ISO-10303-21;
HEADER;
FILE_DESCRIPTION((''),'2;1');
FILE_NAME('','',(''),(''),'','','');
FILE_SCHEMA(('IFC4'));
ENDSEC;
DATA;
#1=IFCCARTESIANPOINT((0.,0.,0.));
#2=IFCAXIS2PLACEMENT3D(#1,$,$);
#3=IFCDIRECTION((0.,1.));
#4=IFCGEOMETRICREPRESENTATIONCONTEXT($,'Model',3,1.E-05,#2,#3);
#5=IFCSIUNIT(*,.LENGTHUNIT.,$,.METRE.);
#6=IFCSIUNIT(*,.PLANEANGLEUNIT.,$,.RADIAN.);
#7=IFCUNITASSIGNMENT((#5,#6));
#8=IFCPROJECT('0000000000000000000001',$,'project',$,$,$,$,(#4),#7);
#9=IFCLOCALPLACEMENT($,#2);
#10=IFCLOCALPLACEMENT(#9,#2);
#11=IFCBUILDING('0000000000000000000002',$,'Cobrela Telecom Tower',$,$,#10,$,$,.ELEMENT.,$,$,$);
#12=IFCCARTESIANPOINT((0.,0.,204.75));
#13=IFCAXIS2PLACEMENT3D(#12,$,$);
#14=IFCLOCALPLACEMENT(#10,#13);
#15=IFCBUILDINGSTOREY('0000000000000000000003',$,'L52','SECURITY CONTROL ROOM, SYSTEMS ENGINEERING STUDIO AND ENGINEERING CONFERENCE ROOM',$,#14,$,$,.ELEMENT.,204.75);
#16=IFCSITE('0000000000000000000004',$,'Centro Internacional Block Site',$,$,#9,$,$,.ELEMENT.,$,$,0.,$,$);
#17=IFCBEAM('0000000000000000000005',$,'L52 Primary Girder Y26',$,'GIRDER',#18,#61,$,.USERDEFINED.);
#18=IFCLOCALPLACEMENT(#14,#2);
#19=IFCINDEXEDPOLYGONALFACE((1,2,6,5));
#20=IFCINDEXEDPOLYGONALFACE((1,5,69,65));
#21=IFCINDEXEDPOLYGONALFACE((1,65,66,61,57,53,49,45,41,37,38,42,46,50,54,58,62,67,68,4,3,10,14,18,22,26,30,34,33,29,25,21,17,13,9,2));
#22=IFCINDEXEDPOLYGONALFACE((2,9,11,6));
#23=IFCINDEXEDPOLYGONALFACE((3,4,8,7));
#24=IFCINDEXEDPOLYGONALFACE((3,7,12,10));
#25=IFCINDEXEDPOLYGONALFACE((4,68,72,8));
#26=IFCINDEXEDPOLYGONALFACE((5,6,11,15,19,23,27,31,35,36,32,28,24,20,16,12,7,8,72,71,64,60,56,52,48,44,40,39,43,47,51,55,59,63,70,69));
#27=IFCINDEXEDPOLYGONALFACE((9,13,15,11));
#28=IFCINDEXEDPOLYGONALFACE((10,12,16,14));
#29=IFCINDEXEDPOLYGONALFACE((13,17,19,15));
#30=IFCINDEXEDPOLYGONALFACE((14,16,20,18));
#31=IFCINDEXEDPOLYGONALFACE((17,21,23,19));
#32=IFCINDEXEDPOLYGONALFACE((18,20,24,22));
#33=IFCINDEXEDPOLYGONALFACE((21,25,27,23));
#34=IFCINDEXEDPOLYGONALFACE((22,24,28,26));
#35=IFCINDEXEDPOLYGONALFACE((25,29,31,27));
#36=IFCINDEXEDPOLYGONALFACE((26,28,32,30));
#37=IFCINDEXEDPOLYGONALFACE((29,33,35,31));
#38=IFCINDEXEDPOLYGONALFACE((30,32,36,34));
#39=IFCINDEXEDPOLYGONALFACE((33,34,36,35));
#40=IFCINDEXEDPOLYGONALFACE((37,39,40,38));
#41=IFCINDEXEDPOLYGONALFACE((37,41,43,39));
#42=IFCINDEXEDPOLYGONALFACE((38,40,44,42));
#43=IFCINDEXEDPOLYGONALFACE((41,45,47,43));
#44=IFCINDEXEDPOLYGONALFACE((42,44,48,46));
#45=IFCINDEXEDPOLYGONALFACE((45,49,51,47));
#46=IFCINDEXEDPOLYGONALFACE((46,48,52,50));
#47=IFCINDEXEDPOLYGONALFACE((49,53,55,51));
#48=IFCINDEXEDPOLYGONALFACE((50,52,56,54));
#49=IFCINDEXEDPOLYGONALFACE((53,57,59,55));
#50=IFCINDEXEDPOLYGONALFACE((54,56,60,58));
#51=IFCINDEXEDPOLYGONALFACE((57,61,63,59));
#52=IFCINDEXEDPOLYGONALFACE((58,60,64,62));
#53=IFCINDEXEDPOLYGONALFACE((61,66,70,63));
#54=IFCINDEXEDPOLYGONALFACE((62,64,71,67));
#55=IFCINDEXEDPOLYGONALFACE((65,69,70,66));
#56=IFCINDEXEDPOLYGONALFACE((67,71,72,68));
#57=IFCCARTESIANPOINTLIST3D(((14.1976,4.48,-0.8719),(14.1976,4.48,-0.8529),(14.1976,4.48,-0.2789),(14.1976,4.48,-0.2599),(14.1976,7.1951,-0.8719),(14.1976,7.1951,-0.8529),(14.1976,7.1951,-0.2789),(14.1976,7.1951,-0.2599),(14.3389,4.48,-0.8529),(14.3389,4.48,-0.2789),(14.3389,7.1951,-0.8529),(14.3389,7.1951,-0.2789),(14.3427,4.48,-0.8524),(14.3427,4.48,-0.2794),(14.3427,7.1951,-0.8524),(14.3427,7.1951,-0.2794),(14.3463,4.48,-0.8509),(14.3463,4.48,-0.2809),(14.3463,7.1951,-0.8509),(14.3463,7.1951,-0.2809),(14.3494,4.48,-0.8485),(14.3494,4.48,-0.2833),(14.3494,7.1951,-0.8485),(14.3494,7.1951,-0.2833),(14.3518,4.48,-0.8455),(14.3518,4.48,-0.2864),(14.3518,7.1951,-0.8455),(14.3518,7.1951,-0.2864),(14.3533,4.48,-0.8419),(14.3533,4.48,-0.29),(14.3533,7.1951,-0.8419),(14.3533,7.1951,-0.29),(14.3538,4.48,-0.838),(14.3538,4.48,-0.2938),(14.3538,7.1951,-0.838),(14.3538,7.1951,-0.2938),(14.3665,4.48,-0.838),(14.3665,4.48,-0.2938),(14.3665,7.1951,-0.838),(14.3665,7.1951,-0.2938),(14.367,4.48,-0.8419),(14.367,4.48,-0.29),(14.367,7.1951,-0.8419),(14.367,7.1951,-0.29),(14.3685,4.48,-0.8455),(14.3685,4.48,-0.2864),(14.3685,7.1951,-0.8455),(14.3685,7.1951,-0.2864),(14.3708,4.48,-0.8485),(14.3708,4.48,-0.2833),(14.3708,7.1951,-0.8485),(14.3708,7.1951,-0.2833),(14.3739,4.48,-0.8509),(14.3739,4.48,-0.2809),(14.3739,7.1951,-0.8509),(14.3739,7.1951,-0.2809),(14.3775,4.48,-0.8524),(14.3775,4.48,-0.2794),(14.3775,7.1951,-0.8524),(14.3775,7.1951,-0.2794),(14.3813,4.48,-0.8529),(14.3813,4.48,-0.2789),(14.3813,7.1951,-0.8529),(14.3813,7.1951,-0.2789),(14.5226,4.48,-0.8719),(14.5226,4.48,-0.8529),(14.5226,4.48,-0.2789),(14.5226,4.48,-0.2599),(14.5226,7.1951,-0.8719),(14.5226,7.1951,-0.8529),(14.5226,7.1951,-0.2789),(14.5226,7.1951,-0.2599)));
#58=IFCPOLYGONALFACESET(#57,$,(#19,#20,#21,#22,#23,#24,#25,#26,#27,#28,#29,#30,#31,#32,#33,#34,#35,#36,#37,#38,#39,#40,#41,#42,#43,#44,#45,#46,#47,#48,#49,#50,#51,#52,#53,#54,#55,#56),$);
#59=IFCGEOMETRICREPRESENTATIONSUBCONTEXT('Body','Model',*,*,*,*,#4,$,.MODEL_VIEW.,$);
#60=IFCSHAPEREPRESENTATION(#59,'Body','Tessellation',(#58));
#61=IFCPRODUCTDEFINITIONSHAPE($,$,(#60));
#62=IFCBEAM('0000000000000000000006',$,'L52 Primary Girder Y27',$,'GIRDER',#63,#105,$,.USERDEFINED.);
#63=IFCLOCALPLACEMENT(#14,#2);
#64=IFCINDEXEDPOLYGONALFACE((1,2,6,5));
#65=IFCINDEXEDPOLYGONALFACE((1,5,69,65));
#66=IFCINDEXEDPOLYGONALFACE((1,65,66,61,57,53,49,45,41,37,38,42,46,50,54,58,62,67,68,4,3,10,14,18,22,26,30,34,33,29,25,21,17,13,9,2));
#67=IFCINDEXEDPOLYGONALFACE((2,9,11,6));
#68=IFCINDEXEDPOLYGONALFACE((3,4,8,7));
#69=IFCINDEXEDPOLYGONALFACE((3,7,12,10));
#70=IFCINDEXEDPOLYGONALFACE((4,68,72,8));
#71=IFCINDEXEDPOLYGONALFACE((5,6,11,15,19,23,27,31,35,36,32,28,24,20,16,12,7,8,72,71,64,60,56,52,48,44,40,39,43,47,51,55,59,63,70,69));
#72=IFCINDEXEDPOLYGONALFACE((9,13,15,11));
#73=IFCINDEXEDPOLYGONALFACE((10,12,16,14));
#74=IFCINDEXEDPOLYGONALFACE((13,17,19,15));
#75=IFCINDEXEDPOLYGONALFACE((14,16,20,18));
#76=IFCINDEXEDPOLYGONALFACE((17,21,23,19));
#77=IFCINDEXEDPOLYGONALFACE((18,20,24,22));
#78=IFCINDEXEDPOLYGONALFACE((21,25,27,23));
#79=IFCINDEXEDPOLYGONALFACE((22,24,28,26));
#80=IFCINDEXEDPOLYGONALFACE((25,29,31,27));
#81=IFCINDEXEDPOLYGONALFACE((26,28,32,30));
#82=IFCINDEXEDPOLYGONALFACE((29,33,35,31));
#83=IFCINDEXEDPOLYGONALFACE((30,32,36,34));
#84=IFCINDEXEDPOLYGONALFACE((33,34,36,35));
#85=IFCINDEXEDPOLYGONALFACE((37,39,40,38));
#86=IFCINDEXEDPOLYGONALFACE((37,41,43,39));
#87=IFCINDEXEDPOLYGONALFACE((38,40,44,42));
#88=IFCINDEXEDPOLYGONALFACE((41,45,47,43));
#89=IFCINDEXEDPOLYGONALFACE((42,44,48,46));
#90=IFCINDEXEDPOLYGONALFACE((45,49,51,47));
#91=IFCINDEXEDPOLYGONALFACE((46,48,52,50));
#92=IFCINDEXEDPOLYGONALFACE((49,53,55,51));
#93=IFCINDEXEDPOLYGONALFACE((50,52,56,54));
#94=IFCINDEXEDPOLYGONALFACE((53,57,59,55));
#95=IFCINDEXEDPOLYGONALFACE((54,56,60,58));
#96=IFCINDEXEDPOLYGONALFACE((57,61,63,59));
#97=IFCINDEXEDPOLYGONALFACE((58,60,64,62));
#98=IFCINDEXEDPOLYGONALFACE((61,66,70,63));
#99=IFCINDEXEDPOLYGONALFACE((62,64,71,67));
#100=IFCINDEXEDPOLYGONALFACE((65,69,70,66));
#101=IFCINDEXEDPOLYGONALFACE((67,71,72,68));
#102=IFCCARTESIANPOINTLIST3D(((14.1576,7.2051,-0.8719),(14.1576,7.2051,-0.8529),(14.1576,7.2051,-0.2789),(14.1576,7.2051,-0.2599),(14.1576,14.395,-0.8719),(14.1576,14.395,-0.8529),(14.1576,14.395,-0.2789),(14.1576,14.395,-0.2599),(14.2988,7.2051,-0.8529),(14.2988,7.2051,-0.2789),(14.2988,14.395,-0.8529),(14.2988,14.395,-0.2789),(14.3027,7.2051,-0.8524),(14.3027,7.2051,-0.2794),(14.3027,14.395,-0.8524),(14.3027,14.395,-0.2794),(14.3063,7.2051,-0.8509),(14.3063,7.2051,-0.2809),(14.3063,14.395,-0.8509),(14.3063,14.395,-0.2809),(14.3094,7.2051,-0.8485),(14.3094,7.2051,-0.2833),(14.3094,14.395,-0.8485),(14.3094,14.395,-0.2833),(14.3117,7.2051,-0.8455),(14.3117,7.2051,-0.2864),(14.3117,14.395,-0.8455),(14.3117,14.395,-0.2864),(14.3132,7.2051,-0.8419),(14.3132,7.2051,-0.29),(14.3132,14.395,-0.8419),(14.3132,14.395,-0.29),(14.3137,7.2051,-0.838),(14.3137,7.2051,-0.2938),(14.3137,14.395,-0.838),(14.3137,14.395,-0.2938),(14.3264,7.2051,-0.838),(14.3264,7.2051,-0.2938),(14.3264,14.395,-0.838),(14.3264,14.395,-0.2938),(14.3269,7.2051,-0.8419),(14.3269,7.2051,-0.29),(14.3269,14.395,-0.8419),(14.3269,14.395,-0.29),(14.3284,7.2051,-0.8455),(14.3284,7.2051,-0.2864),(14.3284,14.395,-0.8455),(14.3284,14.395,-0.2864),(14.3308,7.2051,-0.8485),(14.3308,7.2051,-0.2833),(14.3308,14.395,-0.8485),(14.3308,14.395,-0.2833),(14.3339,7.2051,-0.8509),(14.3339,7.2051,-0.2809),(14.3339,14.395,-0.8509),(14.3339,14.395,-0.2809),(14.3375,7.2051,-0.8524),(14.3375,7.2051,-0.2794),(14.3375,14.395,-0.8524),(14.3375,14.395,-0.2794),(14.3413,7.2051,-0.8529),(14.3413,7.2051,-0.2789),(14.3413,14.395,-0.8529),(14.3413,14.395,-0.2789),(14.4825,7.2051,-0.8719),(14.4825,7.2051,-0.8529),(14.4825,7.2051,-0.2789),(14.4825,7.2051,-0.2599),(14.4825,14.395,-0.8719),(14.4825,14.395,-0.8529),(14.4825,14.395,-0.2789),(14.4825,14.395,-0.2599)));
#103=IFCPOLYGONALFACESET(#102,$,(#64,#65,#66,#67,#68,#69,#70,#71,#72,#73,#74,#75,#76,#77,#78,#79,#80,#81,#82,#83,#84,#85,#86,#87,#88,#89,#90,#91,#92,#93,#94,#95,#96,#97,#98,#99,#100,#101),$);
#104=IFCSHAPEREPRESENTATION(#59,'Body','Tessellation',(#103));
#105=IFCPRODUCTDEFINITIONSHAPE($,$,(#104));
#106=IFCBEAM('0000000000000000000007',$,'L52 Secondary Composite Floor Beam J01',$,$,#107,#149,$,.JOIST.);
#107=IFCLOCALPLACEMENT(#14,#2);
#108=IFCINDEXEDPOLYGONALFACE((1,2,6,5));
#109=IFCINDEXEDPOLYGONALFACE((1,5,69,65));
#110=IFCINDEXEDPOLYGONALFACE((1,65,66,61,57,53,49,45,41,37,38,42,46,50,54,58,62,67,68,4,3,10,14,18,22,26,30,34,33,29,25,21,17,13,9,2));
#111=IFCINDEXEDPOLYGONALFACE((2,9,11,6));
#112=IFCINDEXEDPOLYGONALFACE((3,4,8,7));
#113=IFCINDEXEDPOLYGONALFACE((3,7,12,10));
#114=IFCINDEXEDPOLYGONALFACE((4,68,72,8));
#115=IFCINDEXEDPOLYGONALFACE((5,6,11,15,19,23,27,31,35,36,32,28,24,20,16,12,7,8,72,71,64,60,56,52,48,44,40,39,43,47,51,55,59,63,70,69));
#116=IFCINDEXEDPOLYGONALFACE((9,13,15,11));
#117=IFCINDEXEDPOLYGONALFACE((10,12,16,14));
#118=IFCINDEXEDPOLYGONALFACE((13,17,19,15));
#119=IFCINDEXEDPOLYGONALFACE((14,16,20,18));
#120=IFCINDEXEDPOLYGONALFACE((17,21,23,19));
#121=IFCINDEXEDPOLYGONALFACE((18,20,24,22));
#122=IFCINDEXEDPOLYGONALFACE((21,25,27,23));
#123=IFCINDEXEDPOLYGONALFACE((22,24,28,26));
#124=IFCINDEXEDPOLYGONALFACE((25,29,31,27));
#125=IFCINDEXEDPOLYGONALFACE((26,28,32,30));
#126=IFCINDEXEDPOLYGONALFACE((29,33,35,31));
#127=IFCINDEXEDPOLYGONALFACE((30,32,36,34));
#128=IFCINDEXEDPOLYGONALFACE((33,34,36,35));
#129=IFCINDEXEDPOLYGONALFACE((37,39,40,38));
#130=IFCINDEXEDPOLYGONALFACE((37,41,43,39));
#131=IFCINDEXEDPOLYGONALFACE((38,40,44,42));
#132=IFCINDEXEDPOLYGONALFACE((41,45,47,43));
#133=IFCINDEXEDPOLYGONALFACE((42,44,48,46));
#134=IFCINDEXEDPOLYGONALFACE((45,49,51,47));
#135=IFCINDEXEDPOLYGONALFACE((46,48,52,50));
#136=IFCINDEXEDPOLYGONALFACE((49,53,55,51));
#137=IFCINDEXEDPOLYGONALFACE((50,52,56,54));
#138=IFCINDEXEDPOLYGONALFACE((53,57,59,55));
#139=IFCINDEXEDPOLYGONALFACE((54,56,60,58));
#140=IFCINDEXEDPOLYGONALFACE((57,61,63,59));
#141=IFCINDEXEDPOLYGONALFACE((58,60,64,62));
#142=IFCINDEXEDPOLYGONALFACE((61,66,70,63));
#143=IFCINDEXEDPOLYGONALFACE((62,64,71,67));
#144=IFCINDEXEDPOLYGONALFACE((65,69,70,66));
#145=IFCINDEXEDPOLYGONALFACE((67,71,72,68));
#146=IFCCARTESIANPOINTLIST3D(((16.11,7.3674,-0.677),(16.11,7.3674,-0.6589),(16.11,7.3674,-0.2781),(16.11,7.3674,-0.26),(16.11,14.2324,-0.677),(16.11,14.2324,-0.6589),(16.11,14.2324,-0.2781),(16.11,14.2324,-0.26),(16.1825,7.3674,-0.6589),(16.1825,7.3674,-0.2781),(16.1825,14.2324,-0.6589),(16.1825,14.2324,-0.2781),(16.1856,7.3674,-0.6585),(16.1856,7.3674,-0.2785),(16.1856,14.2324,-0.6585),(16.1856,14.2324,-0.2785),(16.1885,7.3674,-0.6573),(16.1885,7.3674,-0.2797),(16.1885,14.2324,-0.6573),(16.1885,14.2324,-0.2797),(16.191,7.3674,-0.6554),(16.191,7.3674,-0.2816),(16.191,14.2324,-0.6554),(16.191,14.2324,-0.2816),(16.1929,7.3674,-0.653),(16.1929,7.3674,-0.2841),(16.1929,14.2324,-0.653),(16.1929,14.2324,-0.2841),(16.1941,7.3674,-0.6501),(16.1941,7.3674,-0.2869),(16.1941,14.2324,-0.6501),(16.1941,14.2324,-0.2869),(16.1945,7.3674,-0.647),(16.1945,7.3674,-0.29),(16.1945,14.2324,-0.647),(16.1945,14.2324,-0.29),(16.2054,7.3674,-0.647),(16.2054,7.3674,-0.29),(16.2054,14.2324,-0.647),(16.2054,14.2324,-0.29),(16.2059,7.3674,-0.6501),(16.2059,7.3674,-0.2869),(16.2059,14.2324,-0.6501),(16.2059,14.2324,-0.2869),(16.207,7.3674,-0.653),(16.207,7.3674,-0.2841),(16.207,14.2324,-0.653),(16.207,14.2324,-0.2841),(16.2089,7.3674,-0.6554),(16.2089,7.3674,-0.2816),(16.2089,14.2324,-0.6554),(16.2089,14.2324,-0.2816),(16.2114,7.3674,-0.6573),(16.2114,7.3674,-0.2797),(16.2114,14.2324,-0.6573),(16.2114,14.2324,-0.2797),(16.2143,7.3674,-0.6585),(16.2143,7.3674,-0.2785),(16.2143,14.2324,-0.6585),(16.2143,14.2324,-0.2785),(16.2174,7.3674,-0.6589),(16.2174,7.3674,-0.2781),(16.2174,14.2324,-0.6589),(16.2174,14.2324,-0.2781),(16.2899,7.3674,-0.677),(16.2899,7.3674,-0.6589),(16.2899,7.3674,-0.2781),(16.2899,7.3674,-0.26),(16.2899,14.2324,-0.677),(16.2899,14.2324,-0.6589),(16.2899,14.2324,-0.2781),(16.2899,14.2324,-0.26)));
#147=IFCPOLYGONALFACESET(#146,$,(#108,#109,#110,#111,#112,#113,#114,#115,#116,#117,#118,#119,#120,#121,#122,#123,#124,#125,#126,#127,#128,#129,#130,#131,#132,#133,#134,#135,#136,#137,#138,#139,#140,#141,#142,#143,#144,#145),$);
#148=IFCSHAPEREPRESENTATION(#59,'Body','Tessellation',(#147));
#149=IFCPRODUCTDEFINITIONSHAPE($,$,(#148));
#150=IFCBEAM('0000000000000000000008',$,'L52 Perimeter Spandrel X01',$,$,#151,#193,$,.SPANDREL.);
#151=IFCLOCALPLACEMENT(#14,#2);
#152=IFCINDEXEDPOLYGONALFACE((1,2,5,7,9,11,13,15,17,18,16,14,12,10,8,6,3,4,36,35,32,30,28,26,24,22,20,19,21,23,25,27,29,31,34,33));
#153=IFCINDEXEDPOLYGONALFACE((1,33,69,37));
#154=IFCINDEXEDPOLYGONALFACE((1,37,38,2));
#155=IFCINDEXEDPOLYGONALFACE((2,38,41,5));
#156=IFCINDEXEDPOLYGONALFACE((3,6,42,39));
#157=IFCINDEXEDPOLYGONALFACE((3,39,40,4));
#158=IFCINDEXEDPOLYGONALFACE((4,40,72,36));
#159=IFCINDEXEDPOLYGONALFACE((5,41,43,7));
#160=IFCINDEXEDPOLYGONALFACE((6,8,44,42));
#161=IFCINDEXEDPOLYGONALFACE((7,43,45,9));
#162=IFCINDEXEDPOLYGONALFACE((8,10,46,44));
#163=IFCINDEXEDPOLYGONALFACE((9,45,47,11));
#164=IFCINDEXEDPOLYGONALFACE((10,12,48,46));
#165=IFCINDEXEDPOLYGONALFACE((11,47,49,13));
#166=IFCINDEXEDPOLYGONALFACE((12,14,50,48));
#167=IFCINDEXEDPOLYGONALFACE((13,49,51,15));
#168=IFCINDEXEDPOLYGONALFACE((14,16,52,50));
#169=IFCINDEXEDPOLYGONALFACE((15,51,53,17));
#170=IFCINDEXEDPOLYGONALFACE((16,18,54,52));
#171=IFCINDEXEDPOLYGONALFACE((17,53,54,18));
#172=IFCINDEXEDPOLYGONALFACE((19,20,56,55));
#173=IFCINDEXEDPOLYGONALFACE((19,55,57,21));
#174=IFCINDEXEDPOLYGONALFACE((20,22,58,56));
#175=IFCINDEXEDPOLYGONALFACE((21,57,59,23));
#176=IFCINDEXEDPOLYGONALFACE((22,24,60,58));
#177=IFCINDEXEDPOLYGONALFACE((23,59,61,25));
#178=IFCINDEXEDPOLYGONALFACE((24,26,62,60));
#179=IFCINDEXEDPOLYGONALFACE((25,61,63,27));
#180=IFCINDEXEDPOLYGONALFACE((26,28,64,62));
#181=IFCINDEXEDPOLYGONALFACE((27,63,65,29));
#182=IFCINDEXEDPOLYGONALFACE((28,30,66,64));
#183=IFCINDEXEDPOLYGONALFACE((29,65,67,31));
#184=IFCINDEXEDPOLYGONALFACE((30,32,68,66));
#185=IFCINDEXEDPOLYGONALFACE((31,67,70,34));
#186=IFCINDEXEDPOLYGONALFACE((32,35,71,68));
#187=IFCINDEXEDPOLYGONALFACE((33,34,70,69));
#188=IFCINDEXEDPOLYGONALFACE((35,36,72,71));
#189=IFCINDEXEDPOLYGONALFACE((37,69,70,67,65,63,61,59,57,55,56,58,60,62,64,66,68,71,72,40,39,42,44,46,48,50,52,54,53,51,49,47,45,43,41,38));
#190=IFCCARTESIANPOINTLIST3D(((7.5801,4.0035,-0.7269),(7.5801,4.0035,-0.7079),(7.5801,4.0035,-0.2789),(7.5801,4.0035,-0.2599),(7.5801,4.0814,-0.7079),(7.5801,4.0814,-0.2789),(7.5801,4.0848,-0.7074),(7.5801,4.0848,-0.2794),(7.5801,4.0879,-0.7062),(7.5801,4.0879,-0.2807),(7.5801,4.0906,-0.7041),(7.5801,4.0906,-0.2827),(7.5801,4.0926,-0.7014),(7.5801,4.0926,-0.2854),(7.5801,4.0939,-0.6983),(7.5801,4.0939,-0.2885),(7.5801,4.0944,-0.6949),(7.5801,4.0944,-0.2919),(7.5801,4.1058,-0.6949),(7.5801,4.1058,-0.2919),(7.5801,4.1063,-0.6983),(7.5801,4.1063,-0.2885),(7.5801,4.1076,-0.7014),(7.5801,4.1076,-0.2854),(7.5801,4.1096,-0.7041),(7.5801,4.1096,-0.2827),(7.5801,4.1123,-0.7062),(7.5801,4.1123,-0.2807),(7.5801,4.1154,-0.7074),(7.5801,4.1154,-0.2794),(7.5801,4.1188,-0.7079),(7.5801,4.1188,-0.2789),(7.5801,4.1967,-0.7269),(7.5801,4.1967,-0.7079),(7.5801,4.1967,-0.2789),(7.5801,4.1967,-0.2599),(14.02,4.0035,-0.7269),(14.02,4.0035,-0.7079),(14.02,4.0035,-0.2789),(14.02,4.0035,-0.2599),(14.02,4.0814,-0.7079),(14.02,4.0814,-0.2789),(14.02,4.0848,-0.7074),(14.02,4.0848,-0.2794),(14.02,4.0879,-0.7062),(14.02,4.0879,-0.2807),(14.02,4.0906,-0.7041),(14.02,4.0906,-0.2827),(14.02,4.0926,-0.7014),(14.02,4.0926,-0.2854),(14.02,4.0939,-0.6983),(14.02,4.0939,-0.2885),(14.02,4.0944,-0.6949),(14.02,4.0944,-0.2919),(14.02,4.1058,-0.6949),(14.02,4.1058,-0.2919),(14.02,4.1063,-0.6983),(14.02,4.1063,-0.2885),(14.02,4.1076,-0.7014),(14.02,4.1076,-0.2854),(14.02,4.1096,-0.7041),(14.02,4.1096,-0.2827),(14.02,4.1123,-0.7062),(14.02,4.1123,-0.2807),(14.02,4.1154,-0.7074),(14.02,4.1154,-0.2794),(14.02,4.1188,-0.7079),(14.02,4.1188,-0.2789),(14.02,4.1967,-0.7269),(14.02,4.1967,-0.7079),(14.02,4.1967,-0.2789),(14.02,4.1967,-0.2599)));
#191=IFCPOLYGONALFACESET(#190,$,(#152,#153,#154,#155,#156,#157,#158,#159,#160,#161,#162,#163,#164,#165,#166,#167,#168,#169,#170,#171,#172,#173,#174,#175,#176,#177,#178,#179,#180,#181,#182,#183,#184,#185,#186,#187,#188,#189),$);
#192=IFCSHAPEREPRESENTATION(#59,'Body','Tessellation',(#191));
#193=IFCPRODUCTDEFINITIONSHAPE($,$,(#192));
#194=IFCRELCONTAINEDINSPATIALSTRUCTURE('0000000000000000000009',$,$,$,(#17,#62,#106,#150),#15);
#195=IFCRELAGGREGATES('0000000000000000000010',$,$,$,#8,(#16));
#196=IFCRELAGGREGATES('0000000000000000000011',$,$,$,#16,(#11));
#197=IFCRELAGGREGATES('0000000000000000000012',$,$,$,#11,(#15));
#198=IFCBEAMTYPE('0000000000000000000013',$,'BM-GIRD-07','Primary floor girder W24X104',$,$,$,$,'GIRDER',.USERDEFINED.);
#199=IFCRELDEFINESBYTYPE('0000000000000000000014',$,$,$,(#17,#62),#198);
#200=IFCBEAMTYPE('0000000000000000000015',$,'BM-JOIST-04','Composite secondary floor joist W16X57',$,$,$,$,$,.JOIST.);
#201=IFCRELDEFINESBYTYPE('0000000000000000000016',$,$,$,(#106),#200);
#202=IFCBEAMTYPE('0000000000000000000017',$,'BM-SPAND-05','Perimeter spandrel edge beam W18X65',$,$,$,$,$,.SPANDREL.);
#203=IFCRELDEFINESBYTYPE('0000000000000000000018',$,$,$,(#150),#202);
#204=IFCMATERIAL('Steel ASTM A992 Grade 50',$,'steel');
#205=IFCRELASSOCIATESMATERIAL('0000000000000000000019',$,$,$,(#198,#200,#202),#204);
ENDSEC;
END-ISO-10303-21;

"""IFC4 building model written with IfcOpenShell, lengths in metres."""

from ifc_helpers import new_model, si_unit, direction, frame, origin, origin_2d, place, context, subcontext, project, spatial, i_section, extrude, material, material_profile, profile_set, type_object, element, save


model = new_model("IFC4")

# Units and contexts
model_context = context("Model", 3, precision=1e-05, world=origin(), true_north=direction((0.0, 1.0)))
body_context = subcontext(model_context, "Body", "Model", "MODEL_VIEW")
ifc_project = project(units=[si_unit("LENGTHUNIT", "METRE"), si_unit("PLANEANGLEUNIT", "RADIAN")], contexts=[model_context])

# Site, building, storey
site_placement = place(None, origin())
site = spatial("IfcSite", under=ifc_project, at=site_placement, Name="Centro Internacional Block Site", CompositionType="ELEMENT", RefElevation=0.0)
building_placement = place(site_placement, origin())
building = spatial("IfcBuilding", under=site, at=building_placement, Name="Cobrela Telecom Tower", CompositionType="ELEMENT")
storey_placement = place(building_placement, frame((0.0, 0.0, 204.75)))
storey = spatial("IfcBuildingStorey", under=building, at=storey_placement, Name="L52", Description="SECURITY CONTROL ROOM, SYSTEMS ENGINEERING STUDIO AND ENGINEERING CONFERENCE ROOM", CompositionType="ELEMENT", Elevation=204.75)

# Beams
ifc_material_1 = material(Name="Steel ASTM A992 Grade 50", Category="steel")
ifc_material_profile_1 = material_profile(ifc_material_1, i_section(OverallWidth=0.325, OverallDepth=0.6121, WebThickness=0.0127, FlangeThickness=0.019, FilletRadius=0.0149, at=origin_2d()), Name="W24X104")
ifc_profile_set_1 = profile_set([ifc_material_profile_1], Name="Steel ASTM A992 Grade 50")
beam_type_1 = type_object("IfcBeamType", Name="BM-GIRD-07", Description="Primary floor girder W24X104", ElementType="GIRDER", PredefinedType="USERDEFINED", material=ifc_profile_set_1)
beam_1_placement = place(storey_placement, frame((14.3601, 4.48, -0.5659), z_axis=(0.0, 1.0, 0.0), x_axis=(-1.0, 0.0, 0.0)))
element("IfcBeam", 1, at=beam_1_placement, inside=storey, type_object=beam_type_1, Name="L52 Primary Girder Y26", ObjectType="GIRDER", PredefinedType="USERDEFINED", context=body_context, shape_type="SweptSolid", body=[
    extrude(i_section(OverallWidth=0.325, OverallDepth=0.6121, WebThickness=0.0127, FlangeThickness=0.019, FilletRadius=0.0149, at=origin_2d()), origin(), (0.0, 0.0, 1.0), 2.7151),
])
beam_2_placement = place(storey_placement, frame((14.3201, 7.2051, -0.5659), z_axis=(0.0, 1.0, 0.0), x_axis=(-1.0, 0.0, 0.0)))
element("IfcBeam", 2, at=beam_2_placement, inside=storey, type_object=beam_type_1, Name="L52 Primary Girder Y27", ObjectType="GIRDER", PredefinedType="USERDEFINED", context=body_context, shape_type="SweptSolid", body=[
    extrude(i_section(OverallWidth=0.325, OverallDepth=0.6121, WebThickness=0.0127, FlangeThickness=0.019, FilletRadius=0.0149, at=origin_2d()), origin(), (0.0, 0.0, 1.0), 7.1899),
])
ifc_material_profile_2 = material_profile(ifc_material_1, i_section(OverallWidth=0.1799, OverallDepth=0.417, WebThickness=0.011, FlangeThickness=0.0181, FilletRadius=0.012, at=origin_2d()), Name="W16X57")
ifc_profile_set_2 = profile_set([ifc_material_profile_2], Name="Steel ASTM A992 Grade 50")
beam_type_2 = type_object("IfcBeamType", Name="BM-JOIST-04", Description="Composite secondary floor joist W16X57", PredefinedType="JOIST", material=ifc_profile_set_2)
beam_3_placement = place(storey_placement, frame((16.2, 7.3674, -0.4685), z_axis=(0.0, 1.0, 0.0), x_axis=(-1.0, 0.0, 0.0)))
element("IfcBeam", 3, at=beam_3_placement, inside=storey, type_object=beam_type_2, Name="L52 Secondary Composite Floor Beam J01", PredefinedType="JOIST", context=body_context, shape_type="SweptSolid", body=[
    extrude(i_section(OverallWidth=0.1799, OverallDepth=0.417, WebThickness=0.011, FlangeThickness=0.0181, FilletRadius=0.012, at=origin_2d()), origin(), (0.0, 0.0, 1.0), 6.865),
])
ifc_material_profile_3 = material_profile(ifc_material_1, i_section(OverallWidth=0.1931, OverallDepth=0.467, WebThickness=0.0115, FlangeThickness=0.019, FilletRadius=0.0129, at=origin_2d()), Name="W18X65")
ifc_profile_set_3 = profile_set([ifc_material_profile_3], Name="Steel ASTM A992 Grade 50")
beam_type_3 = type_object("IfcBeamType", Name="BM-SPAND-05", Description="Perimeter spandrel edge beam W18X65", PredefinedType="SPANDREL", material=ifc_profile_set_3)
for number, where, z_axis, x_axis, name in (
    (4, (7.5801, 4.1001, -0.4934), (1.0, 0.0, 0.0), (0.0, 1.0, 0.0), "L52 Perimeter Spandrel X01"),
):
    element("IfcBeam", number, at=place(storey_placement, frame(where, z_axis=z_axis, x_axis=x_axis)), inside=storey, type_object=beam_type_3, Name=name, PredefinedType="SPANDREL", context=body_context, shape_type="SweptSolid", body=[
        extrude(i_section(OverallWidth=0.1931, OverallDepth=0.467, WebThickness=0.0115, FlangeThickness=0.019, FilletRadius=0.0129, at=origin_2d()), origin(), (0.0, 0.0, 1.0), 6.4399),
    ])

save(model, "model.ifc")
